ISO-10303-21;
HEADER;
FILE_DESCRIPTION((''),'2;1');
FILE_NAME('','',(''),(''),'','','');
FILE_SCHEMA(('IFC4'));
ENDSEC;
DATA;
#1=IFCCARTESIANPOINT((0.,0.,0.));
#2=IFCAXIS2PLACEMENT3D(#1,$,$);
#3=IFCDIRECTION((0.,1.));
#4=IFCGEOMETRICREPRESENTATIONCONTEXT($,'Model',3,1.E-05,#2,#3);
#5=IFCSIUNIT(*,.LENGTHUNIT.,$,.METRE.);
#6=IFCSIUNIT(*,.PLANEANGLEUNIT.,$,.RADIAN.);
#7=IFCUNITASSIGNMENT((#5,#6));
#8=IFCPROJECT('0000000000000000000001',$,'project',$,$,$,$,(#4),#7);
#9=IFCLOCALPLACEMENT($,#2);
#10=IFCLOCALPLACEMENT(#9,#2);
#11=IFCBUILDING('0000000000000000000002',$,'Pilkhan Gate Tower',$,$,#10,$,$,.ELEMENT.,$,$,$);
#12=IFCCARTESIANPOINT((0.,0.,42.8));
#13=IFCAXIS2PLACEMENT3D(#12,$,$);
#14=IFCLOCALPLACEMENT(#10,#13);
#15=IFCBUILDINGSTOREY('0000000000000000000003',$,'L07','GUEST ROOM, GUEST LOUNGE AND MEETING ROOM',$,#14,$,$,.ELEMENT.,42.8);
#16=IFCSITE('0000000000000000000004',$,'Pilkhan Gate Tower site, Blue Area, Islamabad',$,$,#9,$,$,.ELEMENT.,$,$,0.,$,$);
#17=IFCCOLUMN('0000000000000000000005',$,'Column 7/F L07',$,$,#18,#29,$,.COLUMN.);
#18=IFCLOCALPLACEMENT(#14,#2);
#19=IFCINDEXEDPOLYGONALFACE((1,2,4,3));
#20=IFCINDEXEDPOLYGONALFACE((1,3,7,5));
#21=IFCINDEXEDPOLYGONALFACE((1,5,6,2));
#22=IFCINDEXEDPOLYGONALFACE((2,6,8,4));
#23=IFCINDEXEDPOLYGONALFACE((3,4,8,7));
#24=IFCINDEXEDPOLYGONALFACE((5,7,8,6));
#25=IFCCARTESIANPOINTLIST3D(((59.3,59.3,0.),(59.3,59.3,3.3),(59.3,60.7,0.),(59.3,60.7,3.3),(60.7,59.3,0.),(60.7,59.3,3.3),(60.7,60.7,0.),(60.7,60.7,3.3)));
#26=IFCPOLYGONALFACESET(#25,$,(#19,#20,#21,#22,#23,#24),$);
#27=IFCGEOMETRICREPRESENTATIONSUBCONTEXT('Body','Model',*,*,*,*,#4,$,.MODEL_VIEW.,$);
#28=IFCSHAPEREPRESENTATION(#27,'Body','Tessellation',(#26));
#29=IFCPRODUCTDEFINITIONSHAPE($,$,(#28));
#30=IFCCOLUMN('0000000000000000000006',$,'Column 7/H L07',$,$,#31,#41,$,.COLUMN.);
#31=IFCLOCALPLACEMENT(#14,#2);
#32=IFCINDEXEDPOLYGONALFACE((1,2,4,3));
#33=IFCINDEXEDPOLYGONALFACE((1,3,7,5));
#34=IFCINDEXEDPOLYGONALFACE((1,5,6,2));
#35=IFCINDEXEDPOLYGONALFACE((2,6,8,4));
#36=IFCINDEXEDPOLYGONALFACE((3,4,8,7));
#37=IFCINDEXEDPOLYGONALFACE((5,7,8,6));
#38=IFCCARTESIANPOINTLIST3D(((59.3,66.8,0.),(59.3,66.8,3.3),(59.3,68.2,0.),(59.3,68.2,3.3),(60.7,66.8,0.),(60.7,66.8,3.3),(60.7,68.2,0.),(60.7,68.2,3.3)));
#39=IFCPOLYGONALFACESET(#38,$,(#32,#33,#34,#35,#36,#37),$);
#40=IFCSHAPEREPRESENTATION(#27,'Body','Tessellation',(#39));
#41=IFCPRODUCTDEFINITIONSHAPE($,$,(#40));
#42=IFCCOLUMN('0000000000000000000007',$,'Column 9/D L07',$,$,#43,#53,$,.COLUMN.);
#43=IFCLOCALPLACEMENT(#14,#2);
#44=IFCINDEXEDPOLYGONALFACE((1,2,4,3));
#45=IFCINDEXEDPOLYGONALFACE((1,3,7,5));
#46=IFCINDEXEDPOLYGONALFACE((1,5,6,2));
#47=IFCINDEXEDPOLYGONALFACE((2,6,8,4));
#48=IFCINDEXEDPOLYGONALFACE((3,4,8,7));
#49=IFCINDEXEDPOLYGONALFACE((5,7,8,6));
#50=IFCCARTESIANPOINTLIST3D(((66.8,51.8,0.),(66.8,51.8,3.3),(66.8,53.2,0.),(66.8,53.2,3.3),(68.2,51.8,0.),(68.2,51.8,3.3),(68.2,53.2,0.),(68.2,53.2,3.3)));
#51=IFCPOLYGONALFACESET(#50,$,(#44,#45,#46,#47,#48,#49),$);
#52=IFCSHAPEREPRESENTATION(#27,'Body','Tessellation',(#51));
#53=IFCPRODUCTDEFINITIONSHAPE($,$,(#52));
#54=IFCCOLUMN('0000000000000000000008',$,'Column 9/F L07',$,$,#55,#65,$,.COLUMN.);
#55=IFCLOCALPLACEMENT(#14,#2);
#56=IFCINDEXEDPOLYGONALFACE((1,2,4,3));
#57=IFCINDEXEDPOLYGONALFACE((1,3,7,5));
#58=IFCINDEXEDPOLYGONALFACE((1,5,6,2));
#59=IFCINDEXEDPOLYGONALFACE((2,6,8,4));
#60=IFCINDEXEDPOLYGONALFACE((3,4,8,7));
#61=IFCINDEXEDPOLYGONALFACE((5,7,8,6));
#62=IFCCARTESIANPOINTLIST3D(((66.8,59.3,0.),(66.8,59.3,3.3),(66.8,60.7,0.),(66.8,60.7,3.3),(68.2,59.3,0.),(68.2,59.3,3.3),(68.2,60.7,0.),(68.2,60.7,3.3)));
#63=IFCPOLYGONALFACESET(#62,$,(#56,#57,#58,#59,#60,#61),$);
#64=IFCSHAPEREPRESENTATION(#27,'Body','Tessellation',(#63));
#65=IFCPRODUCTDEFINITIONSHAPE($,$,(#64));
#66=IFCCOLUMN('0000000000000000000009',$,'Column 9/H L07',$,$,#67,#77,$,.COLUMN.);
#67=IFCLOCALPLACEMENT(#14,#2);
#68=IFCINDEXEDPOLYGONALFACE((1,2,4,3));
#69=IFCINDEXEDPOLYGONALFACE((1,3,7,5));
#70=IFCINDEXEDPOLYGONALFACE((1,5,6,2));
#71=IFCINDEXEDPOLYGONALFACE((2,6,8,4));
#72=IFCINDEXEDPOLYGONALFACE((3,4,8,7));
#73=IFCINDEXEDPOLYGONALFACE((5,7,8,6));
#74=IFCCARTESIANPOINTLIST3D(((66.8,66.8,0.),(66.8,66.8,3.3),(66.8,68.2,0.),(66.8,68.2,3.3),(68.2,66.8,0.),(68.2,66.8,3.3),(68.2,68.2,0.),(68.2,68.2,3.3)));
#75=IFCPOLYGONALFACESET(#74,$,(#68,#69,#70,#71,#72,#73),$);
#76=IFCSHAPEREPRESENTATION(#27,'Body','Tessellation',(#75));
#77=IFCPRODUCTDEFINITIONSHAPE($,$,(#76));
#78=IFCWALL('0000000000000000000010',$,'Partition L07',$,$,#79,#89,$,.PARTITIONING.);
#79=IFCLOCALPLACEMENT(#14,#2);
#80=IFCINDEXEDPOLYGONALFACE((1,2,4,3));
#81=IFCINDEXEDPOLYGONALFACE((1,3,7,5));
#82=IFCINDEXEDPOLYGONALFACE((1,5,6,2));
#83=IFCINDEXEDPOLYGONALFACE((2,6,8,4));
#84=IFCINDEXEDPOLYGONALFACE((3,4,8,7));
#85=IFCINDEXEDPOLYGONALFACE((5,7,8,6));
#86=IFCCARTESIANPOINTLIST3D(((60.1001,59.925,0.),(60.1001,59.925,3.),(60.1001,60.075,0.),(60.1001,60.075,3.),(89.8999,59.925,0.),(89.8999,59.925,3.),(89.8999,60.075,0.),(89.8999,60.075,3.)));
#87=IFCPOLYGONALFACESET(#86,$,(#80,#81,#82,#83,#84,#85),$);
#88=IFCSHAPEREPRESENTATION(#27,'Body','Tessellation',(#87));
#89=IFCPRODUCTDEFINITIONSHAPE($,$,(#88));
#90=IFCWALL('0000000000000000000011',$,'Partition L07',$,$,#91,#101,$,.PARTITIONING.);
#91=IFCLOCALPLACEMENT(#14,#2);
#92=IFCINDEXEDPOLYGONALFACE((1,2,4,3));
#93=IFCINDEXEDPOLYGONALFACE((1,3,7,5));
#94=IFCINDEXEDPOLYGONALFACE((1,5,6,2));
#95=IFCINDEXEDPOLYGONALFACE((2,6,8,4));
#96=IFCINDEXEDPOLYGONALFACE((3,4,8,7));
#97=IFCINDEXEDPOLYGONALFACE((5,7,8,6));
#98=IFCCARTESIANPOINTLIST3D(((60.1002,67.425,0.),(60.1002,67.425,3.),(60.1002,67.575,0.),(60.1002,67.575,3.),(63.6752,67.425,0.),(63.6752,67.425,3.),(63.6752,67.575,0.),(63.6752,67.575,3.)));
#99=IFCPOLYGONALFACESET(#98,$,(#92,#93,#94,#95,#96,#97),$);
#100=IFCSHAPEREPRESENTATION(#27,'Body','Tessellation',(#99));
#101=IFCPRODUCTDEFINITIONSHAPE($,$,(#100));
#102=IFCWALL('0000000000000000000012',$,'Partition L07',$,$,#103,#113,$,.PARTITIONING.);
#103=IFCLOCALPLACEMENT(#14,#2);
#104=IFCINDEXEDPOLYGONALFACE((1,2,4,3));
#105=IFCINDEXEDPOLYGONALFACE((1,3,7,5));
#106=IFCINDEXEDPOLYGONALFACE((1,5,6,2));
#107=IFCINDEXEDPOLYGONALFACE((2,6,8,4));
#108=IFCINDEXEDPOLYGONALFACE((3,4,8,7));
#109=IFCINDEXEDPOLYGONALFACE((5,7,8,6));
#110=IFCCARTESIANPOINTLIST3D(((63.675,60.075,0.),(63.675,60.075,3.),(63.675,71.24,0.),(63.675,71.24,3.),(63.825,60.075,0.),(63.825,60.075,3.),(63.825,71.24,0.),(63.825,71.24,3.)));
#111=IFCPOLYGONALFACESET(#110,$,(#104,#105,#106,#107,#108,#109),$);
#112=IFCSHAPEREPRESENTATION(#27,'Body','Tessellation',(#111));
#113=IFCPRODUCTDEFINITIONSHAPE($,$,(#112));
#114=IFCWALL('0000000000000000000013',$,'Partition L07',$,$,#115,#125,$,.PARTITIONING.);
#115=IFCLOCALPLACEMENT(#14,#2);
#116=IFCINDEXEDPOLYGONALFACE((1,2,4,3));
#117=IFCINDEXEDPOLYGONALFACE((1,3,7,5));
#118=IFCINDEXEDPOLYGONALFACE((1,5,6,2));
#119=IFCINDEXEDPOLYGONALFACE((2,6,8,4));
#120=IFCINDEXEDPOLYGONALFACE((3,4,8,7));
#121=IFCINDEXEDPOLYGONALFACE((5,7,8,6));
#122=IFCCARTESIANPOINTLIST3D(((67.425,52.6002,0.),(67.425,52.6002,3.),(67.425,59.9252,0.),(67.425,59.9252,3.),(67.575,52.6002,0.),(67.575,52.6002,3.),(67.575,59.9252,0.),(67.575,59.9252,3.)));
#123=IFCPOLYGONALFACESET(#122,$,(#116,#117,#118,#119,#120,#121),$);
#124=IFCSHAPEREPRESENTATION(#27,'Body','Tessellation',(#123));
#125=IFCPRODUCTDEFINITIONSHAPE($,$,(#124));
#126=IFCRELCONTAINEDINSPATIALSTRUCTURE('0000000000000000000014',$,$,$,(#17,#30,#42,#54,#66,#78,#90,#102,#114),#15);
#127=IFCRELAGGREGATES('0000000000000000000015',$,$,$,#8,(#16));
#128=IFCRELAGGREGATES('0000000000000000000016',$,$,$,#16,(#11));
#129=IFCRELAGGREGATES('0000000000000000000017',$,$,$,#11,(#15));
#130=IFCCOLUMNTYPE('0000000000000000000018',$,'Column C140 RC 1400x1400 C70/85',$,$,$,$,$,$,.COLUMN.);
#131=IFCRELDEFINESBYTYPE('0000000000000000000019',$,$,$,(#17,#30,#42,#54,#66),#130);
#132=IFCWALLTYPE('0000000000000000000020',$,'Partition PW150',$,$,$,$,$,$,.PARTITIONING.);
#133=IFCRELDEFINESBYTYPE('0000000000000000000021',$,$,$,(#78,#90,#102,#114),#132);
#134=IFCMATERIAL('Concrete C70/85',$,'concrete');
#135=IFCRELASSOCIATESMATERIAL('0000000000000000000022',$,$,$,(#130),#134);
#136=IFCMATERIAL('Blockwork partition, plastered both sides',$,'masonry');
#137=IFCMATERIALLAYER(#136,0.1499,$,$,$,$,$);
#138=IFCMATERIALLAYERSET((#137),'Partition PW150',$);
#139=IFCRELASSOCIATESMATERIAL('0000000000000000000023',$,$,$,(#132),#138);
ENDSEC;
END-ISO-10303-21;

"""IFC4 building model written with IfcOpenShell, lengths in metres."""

from ifc_helpers import new_model, si_unit, direction, frame, frame_2d, origin, origin_2d, place, context, subcontext, project, spatial, rectangle, extrude, material, layer, layer_set, material_profile, profile_set, type_object, element, save


model = new_model("IFC4")

# Units and contexts
model_context = context("Model", 3, precision=1e-05, world=origin(), true_north=direction((0.0, 1.0)))
body_context = subcontext(model_context, "Body", "Model", "MODEL_VIEW")
ifc_project = project(units=[si_unit("LENGTHUNIT", "METRE"), si_unit("PLANEANGLEUNIT", "RADIAN")], contexts=[model_context])

# Site, building, storey
site_placement = place(None, origin())
site = spatial("IfcSite", under=ifc_project, at=site_placement, Name="Pilkhan Gate Tower site, Blue Area, Islamabad", CompositionType="ELEMENT", RefElevation=0.0)
building_placement = place(site_placement, origin())
building = spatial("IfcBuilding", under=site, at=building_placement, Name="Pilkhan Gate Tower", CompositionType="ELEMENT")
storey_placement = place(building_placement, frame((0.0, 0.0, 42.8)))
storey = spatial("IfcBuildingStorey", under=building, at=storey_placement, Name="L07", Description="GUEST ROOM, GUEST LOUNGE AND MEETING ROOM", CompositionType="ELEMENT", Elevation=42.8)

# Columns
ifc_material_1 = material(Name="Concrete C70/85", Category="concrete")
ifc_material_profile = material_profile(ifc_material_1, rectangle(XDim=1.3999, YDim=1.3999, at=origin_2d()), Name="RC 1400x1400")
ifc_profile_set = profile_set([ifc_material_profile], Name="Concrete C70/85")
column_type = type_object("IfcColumnType", Name="Column C140 RC 1400x1400 C70/85", PredefinedType="COLUMN", material=ifc_profile_set)
for number, where, z_axis, x_axis, name in (
    (1, (60.0, 60.0, 0.0), (0.0, 0.0, 1.0), (1.0, 0.0, 0.0), "Column 7/F L07"),
    (2, (60.0, 67.5, 0.0), (0.0, 0.0, 1.0), (1.0, 0.0, 0.0), "Column 7/H L07"),
    (3, (67.5, 52.5, 0.0), (0.0, 0.0, 1.0), (1.0, 0.0, 0.0), "Column 9/D L07"),
    (4, (67.5, 60.0, 0.0), (0.0, 0.0, 1.0), (1.0, 0.0, 0.0), "Column 9/F L07"),
    (5, (67.5, 67.5, 0.0), (0.0, 0.0, 1.0), (1.0, 0.0, 0.0), "Column 9/H L07"),
):
    element("IfcColumn", number, at=place(storey_placement, frame(where, z_axis=z_axis, x_axis=x_axis)), inside=storey, type_object=column_type, Name=name, PredefinedType="COLUMN", context=body_context, shape_type="SweptSolid", body=[
        extrude(rectangle(XDim=1.3999, YDim=1.3999, at=origin_2d()), origin(), (0.0, 0.0, 1.0), 3.3),
    ])

# Walls
ifc_material_2 = material(Name="Blockwork partition, plastered both sides", Category="masonry")
ifc_layer = layer(ifc_material_2, 0.1499)
ifc_layer_set = layer_set([ifc_layer], Name="Partition PW150")
wall_type = type_object("IfcWallType", Name="Partition PW150", PredefinedType="PARTITIONING", material=ifc_layer_set)
wall_1_placement = place(storey_placement, frame((60.1001, 60.0, 0.0), z_axis=(0.0, 0.0, 1.0), x_axis=(1.0, 0.0, 0.0)))
element("IfcWall", 6, at=wall_1_placement, inside=storey, type_object=wall_type, Name="Partition L07", PredefinedType="PARTITIONING", context=body_context, shape_type="SweptSolid", body=[
    extrude(rectangle(XDim=29.7998, YDim=0.1499, at=frame_2d((14.8999, 0.0))), origin(), (0.0, 0.0, 1.0), 3.0),
])
wall_2_placement = place(storey_placement, frame((60.1001, 67.5, 0.0), z_axis=(0.0, 0.0, 1.0), x_axis=(1.0, 0.0, 0.0)))
element("IfcWall", 7, at=wall_2_placement, inside=storey, type_object=wall_type, Name="Partition L07", PredefinedType="PARTITIONING", context=body_context, shape_type="SweptSolid", body=[
    extrude(rectangle(XDim=3.575, YDim=0.1499, at=frame_2d((1.7876, 0.0))), origin(), (0.0, 0.0, 1.0), 3.0),
])
wall_3_placement = place(storey_placement, frame((63.75, 60.075, 0.0), z_axis=(0.0, 0.0, 1.0), x_axis=(0.0, 1.0, 0.0)))
element("IfcWall", 8, at=wall_3_placement, inside=storey, type_object=wall_type, Name="Partition L07", PredefinedType="PARTITIONING", context=body_context, shape_type="SweptSolid", body=[
    extrude(rectangle(XDim=11.165, YDim=0.1499, at=frame_2d((5.5825, 0.0))), origin(), (0.0, 0.0, 1.0), 3.0),
])
wall_4_placement = place(storey_placement, frame((67.5, 52.6001, 0.0), z_axis=(0.0, 0.0, 1.0), x_axis=(0.0, 1.0, 0.0)))
element("IfcWall", 9, at=wall_4_placement, inside=storey, type_object=wall_type, Name="Partition L07", PredefinedType="PARTITIONING", context=body_context, shape_type="SweptSolid", body=[
    extrude(rectangle(XDim=7.325, YDim=0.1499, at=frame_2d((3.6626, 0.0))), origin(), (0.0, 0.0, 1.0), 3.0),
])

save(model, "model.ifc")
